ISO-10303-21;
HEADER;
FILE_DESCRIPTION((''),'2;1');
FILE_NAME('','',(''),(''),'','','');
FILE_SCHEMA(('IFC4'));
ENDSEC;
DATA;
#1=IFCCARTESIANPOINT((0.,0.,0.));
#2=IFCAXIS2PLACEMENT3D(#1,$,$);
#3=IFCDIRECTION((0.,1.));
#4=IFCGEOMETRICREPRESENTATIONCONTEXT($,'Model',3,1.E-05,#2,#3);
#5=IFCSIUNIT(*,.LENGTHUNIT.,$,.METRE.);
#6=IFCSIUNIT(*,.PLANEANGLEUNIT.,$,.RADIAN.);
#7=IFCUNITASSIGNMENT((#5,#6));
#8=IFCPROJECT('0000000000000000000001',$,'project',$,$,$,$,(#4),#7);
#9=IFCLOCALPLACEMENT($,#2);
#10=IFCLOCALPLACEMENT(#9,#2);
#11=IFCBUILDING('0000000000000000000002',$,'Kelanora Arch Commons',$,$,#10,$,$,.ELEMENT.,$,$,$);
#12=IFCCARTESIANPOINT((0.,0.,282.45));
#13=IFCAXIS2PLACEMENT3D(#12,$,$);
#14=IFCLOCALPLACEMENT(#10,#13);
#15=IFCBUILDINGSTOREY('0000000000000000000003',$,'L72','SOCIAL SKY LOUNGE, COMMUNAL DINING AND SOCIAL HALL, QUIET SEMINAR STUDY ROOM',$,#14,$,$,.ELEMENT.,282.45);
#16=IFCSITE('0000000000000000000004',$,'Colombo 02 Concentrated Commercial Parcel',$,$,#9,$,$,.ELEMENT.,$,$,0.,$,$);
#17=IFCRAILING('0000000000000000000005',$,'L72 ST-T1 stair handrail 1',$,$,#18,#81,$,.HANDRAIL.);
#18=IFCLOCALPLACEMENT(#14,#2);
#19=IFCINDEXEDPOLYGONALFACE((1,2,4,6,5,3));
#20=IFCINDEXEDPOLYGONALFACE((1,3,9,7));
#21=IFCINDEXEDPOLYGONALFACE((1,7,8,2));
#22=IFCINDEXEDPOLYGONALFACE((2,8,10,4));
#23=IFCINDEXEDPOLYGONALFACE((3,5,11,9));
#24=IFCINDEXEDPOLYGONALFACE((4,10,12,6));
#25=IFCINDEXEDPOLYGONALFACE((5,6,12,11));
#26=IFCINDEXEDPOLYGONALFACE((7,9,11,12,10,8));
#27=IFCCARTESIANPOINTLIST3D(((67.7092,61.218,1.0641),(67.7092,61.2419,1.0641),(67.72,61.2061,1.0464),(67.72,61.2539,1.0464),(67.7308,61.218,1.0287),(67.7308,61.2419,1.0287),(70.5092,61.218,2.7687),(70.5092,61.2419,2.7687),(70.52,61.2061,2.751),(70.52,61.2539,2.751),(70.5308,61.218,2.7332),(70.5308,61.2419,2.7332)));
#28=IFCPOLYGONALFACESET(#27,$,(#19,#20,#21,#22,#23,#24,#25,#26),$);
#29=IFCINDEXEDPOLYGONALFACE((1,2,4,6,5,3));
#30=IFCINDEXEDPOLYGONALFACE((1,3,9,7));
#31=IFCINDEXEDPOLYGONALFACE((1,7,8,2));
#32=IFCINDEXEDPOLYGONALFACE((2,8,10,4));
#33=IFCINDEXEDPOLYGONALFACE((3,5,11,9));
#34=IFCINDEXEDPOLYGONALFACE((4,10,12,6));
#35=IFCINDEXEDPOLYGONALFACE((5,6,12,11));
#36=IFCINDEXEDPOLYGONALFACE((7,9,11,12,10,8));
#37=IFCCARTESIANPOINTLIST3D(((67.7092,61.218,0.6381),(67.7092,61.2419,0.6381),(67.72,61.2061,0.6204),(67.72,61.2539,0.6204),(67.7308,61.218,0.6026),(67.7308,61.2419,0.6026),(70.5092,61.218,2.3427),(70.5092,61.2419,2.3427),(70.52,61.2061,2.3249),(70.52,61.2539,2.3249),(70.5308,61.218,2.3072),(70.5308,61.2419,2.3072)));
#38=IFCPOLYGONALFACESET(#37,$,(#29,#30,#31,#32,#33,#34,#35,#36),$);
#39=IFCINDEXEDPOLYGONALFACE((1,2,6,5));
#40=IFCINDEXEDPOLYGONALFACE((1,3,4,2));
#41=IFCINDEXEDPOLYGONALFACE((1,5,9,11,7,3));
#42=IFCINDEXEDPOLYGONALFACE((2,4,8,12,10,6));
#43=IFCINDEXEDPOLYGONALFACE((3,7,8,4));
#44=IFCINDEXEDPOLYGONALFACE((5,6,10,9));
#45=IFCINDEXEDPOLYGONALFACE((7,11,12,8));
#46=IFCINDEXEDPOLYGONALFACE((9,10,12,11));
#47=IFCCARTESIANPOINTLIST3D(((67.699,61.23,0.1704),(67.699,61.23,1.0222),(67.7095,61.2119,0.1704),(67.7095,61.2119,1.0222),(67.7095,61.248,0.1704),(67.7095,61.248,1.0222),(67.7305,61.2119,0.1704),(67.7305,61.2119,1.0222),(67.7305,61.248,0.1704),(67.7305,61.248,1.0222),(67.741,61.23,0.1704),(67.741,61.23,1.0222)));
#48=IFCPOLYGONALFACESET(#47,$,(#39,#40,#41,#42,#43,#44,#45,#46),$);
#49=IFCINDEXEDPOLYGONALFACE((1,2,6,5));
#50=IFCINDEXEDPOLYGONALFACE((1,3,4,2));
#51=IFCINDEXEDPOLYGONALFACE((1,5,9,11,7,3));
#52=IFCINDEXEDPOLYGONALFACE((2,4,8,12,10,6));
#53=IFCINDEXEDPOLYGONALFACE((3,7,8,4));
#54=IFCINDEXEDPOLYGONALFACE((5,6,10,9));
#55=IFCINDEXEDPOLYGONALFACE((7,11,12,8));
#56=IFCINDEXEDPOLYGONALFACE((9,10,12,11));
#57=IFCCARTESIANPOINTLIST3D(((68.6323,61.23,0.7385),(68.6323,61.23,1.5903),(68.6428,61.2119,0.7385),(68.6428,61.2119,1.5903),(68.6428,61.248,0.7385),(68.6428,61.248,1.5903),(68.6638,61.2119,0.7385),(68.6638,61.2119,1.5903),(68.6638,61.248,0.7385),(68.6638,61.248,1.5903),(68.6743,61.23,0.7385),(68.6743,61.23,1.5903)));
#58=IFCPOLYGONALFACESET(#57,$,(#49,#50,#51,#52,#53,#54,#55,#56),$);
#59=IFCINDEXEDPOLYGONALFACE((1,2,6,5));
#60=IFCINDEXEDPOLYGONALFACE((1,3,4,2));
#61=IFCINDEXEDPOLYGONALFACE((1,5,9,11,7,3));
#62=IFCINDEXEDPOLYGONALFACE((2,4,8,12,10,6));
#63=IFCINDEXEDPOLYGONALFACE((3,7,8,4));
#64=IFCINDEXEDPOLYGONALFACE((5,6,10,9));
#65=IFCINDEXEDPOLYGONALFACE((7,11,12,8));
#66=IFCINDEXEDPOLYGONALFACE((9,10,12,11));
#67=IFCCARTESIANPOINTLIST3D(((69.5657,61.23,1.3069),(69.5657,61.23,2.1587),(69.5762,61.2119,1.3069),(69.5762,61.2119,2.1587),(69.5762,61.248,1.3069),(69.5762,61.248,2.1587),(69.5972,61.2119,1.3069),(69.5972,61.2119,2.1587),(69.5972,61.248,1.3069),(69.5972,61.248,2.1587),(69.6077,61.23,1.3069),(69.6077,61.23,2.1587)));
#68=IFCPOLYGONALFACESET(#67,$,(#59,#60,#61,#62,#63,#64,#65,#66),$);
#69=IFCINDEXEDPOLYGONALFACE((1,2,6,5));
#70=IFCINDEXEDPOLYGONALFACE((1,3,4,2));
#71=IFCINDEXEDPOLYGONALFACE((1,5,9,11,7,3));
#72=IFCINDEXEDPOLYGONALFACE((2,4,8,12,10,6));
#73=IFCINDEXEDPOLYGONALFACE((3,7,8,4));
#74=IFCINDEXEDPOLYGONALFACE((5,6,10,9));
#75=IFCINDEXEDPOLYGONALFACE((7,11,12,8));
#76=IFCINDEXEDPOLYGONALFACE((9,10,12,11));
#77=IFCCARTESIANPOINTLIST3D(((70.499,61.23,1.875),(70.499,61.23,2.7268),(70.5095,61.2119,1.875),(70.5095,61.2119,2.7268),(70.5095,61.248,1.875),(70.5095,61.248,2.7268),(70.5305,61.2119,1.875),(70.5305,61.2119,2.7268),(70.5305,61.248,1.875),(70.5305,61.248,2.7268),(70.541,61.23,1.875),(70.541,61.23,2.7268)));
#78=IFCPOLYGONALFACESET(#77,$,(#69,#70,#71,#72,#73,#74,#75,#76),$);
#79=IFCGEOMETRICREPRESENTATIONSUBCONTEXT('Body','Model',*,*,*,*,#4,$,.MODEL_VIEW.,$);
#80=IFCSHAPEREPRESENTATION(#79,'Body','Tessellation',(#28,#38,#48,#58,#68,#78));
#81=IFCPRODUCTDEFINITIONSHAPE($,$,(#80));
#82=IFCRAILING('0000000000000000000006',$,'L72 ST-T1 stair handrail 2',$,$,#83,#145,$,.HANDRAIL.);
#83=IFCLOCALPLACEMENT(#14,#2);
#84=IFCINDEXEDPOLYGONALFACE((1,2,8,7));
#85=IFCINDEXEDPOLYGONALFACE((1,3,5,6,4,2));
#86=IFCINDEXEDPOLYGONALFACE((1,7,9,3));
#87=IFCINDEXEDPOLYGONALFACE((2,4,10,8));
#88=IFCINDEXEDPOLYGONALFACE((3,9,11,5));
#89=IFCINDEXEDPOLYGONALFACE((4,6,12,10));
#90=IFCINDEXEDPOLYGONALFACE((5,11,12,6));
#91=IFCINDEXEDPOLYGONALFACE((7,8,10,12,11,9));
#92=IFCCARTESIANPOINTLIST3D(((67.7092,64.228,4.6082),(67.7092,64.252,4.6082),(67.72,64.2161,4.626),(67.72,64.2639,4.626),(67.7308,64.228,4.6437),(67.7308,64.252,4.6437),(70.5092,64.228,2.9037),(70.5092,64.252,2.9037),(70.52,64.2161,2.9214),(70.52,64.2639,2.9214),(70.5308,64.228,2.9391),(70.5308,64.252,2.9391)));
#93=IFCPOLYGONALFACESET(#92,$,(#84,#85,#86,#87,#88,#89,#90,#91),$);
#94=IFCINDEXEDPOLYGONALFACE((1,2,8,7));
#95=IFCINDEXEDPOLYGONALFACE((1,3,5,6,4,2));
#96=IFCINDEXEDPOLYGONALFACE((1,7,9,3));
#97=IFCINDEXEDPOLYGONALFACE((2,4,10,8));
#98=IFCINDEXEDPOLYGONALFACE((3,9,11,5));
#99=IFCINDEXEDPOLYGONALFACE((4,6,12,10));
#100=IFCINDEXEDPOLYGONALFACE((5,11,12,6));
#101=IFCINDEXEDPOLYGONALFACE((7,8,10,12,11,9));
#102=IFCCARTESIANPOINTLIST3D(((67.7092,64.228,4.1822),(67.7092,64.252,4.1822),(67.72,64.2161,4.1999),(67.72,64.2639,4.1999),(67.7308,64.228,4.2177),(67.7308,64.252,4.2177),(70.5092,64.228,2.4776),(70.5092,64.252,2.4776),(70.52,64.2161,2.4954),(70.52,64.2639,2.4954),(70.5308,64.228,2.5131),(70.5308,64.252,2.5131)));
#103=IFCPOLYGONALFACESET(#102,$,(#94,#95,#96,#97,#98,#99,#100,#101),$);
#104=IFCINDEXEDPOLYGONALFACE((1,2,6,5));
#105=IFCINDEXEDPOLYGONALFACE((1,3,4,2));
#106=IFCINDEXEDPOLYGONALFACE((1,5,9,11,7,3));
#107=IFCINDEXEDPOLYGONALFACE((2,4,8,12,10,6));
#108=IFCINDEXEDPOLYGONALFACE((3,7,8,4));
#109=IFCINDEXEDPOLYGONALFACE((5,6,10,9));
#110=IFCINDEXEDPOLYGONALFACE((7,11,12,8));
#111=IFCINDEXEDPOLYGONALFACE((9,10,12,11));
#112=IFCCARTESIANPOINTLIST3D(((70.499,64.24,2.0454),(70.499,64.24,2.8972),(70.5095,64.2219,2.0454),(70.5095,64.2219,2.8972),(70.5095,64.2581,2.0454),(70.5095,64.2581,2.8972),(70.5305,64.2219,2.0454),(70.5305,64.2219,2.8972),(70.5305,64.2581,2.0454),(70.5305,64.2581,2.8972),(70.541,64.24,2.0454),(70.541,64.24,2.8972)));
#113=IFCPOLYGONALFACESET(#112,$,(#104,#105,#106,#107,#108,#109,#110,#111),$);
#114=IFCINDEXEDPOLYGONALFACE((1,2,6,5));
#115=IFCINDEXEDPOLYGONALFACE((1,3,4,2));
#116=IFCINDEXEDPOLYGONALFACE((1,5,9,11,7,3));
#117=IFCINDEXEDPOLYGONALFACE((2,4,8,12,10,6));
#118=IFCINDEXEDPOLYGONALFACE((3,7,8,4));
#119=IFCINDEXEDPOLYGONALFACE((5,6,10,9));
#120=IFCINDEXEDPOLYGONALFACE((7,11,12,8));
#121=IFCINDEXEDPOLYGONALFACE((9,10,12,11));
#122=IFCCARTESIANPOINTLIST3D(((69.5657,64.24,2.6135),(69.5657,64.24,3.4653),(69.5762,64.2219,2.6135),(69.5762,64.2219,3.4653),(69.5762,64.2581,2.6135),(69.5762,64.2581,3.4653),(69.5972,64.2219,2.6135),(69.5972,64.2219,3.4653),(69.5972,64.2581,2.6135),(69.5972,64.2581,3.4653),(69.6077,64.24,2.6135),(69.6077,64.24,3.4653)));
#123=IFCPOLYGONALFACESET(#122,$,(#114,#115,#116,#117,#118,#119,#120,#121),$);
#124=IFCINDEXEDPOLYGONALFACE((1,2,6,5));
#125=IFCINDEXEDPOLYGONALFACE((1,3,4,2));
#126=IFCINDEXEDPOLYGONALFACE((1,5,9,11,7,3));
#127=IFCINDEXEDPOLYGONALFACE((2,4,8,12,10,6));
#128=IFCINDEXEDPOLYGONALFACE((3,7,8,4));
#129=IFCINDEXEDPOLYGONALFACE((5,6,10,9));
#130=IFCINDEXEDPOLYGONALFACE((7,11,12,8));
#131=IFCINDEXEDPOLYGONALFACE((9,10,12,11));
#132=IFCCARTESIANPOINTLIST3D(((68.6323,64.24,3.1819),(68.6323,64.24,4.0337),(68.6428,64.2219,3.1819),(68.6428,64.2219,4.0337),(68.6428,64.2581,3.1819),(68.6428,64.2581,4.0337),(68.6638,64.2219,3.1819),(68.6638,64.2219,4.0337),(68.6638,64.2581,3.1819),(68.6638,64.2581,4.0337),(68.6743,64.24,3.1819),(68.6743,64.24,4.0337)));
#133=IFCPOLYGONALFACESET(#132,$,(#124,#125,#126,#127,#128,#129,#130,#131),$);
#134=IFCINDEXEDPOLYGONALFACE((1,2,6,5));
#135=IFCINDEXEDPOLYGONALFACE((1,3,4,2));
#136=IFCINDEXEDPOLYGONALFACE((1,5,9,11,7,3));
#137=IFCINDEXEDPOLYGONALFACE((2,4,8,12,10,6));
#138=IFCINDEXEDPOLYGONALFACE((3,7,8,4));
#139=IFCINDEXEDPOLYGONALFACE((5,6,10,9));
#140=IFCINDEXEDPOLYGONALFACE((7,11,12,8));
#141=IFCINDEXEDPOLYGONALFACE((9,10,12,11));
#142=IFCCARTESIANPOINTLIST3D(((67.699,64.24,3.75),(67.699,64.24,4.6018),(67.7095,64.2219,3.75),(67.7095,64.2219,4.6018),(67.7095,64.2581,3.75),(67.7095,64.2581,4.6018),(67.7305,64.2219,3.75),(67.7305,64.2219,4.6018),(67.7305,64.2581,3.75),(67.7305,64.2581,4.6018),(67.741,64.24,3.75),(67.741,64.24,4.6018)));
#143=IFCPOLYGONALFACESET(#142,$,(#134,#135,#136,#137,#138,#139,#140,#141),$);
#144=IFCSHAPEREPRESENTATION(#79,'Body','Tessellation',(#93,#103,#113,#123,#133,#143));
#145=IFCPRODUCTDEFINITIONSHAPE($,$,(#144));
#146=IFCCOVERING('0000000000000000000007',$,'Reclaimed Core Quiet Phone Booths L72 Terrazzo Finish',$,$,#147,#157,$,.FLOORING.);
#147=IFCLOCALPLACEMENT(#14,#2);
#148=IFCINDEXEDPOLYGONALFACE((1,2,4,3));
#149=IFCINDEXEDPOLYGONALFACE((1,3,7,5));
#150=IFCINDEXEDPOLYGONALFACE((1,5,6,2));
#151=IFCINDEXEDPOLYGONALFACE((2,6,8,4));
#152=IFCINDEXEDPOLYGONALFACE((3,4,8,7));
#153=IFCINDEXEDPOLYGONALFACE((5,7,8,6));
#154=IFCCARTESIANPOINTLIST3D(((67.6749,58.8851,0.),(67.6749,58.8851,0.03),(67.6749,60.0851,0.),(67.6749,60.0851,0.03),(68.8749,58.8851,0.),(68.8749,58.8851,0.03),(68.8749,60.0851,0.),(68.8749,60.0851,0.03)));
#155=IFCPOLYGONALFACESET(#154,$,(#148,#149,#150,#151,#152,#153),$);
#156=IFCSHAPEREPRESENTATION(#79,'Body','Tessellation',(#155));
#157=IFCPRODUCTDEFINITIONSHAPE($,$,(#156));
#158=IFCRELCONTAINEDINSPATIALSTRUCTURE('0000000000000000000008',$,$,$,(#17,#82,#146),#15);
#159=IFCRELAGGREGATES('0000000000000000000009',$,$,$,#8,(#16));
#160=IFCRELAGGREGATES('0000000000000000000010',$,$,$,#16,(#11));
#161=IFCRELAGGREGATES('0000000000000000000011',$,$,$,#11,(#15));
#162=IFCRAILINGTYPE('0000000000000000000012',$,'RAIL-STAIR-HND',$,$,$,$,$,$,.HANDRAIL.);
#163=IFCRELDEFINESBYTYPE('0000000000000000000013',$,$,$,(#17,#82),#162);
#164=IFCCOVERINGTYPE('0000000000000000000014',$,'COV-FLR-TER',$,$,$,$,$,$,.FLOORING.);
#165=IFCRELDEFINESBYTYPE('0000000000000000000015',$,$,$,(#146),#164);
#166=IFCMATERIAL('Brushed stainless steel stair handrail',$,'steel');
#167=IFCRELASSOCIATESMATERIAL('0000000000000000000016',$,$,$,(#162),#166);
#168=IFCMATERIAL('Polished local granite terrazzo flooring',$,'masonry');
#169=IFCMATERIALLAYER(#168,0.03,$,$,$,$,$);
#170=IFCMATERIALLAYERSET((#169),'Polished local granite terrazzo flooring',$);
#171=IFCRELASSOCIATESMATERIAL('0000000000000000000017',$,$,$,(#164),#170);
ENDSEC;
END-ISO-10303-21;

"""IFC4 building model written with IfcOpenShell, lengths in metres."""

from ifc_helpers import new_model, si_unit, direction, frame, origin, origin_2d, place, context, subcontext, project, spatial, polyline, rectangle, outline, extrude, source, transform, mapped, material, layer, layer_set, type_object, element, save


model = new_model("IFC4")

# Units and contexts
model_context = context("Model", 3, precision=1e-05, world=origin(), true_north=direction((0.0, 1.0)))
body_context = subcontext(model_context, "Body", "Model", "MODEL_VIEW")
ifc_project = project(units=[si_unit("LENGTHUNIT", "METRE"), si_unit("PLANEANGLEUNIT", "RADIAN")], contexts=[model_context])

# Site, building, storey
site_placement = place(None, origin())
site = spatial("IfcSite", under=ifc_project, at=site_placement, Name="Colombo 02 Concentrated Commercial Parcel", CompositionType="ELEMENT", RefElevation=0.0)
building_placement = place(site_placement, origin())
building = spatial("IfcBuilding", under=site, at=building_placement, Name="Kelanora Arch Commons", CompositionType="ELEMENT")
storey_placement = place(building_placement, frame((0.0, 0.0, 282.45)))
storey = spatial("IfcBuildingStorey", under=building, at=storey_placement, Name="L72", Description="SOCIAL SKY LOUNGE, COMMUNAL DINING AND SOCIAL HALL, QUIET SEMINAR STUDY ROOM", CompositionType="ELEMENT", Elevation=282.45)

# Railings
ifc_material_1 = material(Name="Brushed stainless steel stair handrail", Category="steel")
railing_type_1 = type_object("IfcRailingType", Name="RAIL-STAIR-HND", PredefinedType="HANDRAIL", material=ifc_material_1)
railing_1_placement = place(storey_placement, frame((67.72, 61.23, 0.1704)))
element("IfcRailing", 1, at=railing_1_placement, inside=storey, type_object=railing_type_1, Name="L72 ST-T1 stair handrail 1", PredefinedType="HANDRAIL", context=body_context, shape_type="SweptSolid", body=[
    extrude(outline(polyline([(0.0239, 0.0), (0.012, 0.0208), (-0.012, 0.0208), (-0.0239, 0.0), (-0.012, -0.0208), (0.012, -0.0208), (0.0239, 0.0)])), frame((0.0, 0.0, 0.876), z_axis=(0.85417, 0.0, 0.519994), x_axis=(0.0, 1.0, 0.0)), (0.0, 0.0, 1.0), 3.2781),
    extrude(outline(polyline([(0.0239, 0.0), (0.012, 0.0208), (-0.012, 0.0208), (-0.0239, 0.0), (-0.012, -0.0208), (0.012, -0.0208), (0.0239, 0.0)])), frame((0.0, 0.0, 0.45), z_axis=(0.85417, 0.0, 0.519994), x_axis=(0.0, 1.0, 0.0)), (0.0, 0.0, 1.0), 3.2781),
    extrude(outline(polyline([(0.021, 0.0), (0.0105, 0.0181), (-0.0105, 0.0181), (-0.021, 0.0), (-0.0105, -0.0181), (0.0105, -0.0181), (0.021, 0.0)])), origin(), (0.0, 0.0, 1.0), 0.8518),
    extrude(outline(polyline([(0.021, 0.0), (0.0105, 0.0181), (-0.0105, 0.0181), (-0.021, 0.0), (-0.0105, -0.0181), (0.0105, -0.0181), (0.021, 0.0)])), frame((0.9333, 0.0, 0.5681)), (0.0, 0.0, 1.0), 0.8518),
    extrude(outline(polyline([(0.021, 0.0), (0.0105, 0.0181), (-0.0105, 0.0181), (-0.021, 0.0), (-0.0105, -0.0181), (0.0105, -0.0181), (0.021, 0.0)])), frame((1.8667, 0.0, 1.1365)), (0.0, 0.0, 1.0), 0.8518),
    extrude(outline(polyline([(0.021, 0.0), (0.0105, 0.0181), (-0.0105, 0.0181), (-0.021, 0.0), (-0.0105, -0.0181), (0.0105, -0.0181), (0.021, 0.0)])), frame((2.8, 0.0, 1.7046)), (0.0, 0.0, 1.0), 0.8518),
])
railing_2_placement = place(storey_placement, frame((70.52, 64.24, 2.0454)))
element("IfcRailing", 2, at=railing_2_placement, inside=storey, type_object=railing_type_1, Name="L72 ST-T1 stair handrail 2", PredefinedType="HANDRAIL", context=body_context, shape_type="SweptSolid", body=[
    extrude(outline(polyline([(0.0239, 0.0), (0.012, 0.0208), (-0.012, 0.0208), (-0.0239, 0.0), (-0.012, -0.0208), (0.012, -0.0208), (0.0239, 0.0)])), frame((0.0, 0.0, 0.876), z_axis=(-0.85417, 0.0, 0.519994), x_axis=(0.0, -1.0, 0.0)), (0.0, 0.0, 1.0), 3.2781),
    extrude(outline(polyline([(0.0239, 0.0), (0.012, 0.0208), (-0.012, 0.0208), (-0.0239, 0.0), (-0.012, -0.0208), (0.012, -0.0208), (0.0239, 0.0)])), frame((0.0, 0.0, 0.45), z_axis=(-0.85417, 0.0, 0.519994), x_axis=(0.0, -1.0, 0.0)), (0.0, 0.0, 1.0), 3.2781),
    extrude(outline(polyline([(0.021, 0.0), (0.0105, 0.0181), (-0.0105, 0.0181), (-0.021, 0.0), (-0.0105, -0.0181), (0.0105, -0.0181), (0.021, 0.0)])), origin(), (0.0, 0.0, 1.0), 0.8518),
    extrude(outline(polyline([(0.021, 0.0), (0.0105, 0.0181), (-0.0105, 0.0181), (-0.021, 0.0), (-0.0105, -0.0181), (0.0105, -0.0181), (0.021, 0.0)])), frame((-0.9333, 0.0, 0.5681)), (0.0, 0.0, 1.0), 0.8518),
    extrude(outline(polyline([(0.021, 0.0), (0.0105, 0.0181), (-0.0105, 0.0181), (-0.021, 0.0), (-0.0105, -0.0181), (0.0105, -0.0181), (0.021, 0.0)])), frame((-1.8667, 0.0, 1.1365)), (0.0, 0.0, 1.0), 0.8518),
    extrude(outline(polyline([(0.021, 0.0), (0.0105, 0.0181), (-0.0105, 0.0181), (-0.021, 0.0), (-0.0105, -0.0181), (0.0105, -0.0181), (0.021, 0.0)])), frame((-2.8, 0.0, 1.7046)), (0.0, 0.0, 1.0), 0.8518),
])

# Covering
ifc_material_2 = material(Name="Polished local granite terrazzo flooring", Category="masonry")
ifc_layer_1 = layer(ifc_material_2, 0.03)
ifc_layer_set_1 = layer_set([ifc_layer_1], Name="Polished local granite terrazzo flooring")
covering_type = type_object("IfcCoveringType", Name="COV-FLR-TER", PredefinedType="FLOORING", material=ifc_layer_set_1)
shared_shape = source(origin(), body_context, "Body", "SweptSolid", [
    extrude(rectangle(XDim=1.2, YDim=1.2, at=origin_2d()), origin(), (0.0, 0.0, 1.0), 0.03),
])
covering_placement = place(storey_placement, frame((68.2749, 59.4851, 0.0), z_axis=(0.0, 0.0, 1.0), x_axis=(1.0, 0.0, 0.0)))
element("IfcCovering", 3, at=covering_placement, inside=storey, type_object=covering_type, Name="Reclaimed Core Quiet Phone Booths L72 Terrazzo Finish", PredefinedType="FLOORING", context=body_context, shape_type="MappedRepresentation", body=[
    mapped(shared_shape, transform((0.0, 0.0, 0.0), scale=1.0)),
])

save(model, "model.ifc")
